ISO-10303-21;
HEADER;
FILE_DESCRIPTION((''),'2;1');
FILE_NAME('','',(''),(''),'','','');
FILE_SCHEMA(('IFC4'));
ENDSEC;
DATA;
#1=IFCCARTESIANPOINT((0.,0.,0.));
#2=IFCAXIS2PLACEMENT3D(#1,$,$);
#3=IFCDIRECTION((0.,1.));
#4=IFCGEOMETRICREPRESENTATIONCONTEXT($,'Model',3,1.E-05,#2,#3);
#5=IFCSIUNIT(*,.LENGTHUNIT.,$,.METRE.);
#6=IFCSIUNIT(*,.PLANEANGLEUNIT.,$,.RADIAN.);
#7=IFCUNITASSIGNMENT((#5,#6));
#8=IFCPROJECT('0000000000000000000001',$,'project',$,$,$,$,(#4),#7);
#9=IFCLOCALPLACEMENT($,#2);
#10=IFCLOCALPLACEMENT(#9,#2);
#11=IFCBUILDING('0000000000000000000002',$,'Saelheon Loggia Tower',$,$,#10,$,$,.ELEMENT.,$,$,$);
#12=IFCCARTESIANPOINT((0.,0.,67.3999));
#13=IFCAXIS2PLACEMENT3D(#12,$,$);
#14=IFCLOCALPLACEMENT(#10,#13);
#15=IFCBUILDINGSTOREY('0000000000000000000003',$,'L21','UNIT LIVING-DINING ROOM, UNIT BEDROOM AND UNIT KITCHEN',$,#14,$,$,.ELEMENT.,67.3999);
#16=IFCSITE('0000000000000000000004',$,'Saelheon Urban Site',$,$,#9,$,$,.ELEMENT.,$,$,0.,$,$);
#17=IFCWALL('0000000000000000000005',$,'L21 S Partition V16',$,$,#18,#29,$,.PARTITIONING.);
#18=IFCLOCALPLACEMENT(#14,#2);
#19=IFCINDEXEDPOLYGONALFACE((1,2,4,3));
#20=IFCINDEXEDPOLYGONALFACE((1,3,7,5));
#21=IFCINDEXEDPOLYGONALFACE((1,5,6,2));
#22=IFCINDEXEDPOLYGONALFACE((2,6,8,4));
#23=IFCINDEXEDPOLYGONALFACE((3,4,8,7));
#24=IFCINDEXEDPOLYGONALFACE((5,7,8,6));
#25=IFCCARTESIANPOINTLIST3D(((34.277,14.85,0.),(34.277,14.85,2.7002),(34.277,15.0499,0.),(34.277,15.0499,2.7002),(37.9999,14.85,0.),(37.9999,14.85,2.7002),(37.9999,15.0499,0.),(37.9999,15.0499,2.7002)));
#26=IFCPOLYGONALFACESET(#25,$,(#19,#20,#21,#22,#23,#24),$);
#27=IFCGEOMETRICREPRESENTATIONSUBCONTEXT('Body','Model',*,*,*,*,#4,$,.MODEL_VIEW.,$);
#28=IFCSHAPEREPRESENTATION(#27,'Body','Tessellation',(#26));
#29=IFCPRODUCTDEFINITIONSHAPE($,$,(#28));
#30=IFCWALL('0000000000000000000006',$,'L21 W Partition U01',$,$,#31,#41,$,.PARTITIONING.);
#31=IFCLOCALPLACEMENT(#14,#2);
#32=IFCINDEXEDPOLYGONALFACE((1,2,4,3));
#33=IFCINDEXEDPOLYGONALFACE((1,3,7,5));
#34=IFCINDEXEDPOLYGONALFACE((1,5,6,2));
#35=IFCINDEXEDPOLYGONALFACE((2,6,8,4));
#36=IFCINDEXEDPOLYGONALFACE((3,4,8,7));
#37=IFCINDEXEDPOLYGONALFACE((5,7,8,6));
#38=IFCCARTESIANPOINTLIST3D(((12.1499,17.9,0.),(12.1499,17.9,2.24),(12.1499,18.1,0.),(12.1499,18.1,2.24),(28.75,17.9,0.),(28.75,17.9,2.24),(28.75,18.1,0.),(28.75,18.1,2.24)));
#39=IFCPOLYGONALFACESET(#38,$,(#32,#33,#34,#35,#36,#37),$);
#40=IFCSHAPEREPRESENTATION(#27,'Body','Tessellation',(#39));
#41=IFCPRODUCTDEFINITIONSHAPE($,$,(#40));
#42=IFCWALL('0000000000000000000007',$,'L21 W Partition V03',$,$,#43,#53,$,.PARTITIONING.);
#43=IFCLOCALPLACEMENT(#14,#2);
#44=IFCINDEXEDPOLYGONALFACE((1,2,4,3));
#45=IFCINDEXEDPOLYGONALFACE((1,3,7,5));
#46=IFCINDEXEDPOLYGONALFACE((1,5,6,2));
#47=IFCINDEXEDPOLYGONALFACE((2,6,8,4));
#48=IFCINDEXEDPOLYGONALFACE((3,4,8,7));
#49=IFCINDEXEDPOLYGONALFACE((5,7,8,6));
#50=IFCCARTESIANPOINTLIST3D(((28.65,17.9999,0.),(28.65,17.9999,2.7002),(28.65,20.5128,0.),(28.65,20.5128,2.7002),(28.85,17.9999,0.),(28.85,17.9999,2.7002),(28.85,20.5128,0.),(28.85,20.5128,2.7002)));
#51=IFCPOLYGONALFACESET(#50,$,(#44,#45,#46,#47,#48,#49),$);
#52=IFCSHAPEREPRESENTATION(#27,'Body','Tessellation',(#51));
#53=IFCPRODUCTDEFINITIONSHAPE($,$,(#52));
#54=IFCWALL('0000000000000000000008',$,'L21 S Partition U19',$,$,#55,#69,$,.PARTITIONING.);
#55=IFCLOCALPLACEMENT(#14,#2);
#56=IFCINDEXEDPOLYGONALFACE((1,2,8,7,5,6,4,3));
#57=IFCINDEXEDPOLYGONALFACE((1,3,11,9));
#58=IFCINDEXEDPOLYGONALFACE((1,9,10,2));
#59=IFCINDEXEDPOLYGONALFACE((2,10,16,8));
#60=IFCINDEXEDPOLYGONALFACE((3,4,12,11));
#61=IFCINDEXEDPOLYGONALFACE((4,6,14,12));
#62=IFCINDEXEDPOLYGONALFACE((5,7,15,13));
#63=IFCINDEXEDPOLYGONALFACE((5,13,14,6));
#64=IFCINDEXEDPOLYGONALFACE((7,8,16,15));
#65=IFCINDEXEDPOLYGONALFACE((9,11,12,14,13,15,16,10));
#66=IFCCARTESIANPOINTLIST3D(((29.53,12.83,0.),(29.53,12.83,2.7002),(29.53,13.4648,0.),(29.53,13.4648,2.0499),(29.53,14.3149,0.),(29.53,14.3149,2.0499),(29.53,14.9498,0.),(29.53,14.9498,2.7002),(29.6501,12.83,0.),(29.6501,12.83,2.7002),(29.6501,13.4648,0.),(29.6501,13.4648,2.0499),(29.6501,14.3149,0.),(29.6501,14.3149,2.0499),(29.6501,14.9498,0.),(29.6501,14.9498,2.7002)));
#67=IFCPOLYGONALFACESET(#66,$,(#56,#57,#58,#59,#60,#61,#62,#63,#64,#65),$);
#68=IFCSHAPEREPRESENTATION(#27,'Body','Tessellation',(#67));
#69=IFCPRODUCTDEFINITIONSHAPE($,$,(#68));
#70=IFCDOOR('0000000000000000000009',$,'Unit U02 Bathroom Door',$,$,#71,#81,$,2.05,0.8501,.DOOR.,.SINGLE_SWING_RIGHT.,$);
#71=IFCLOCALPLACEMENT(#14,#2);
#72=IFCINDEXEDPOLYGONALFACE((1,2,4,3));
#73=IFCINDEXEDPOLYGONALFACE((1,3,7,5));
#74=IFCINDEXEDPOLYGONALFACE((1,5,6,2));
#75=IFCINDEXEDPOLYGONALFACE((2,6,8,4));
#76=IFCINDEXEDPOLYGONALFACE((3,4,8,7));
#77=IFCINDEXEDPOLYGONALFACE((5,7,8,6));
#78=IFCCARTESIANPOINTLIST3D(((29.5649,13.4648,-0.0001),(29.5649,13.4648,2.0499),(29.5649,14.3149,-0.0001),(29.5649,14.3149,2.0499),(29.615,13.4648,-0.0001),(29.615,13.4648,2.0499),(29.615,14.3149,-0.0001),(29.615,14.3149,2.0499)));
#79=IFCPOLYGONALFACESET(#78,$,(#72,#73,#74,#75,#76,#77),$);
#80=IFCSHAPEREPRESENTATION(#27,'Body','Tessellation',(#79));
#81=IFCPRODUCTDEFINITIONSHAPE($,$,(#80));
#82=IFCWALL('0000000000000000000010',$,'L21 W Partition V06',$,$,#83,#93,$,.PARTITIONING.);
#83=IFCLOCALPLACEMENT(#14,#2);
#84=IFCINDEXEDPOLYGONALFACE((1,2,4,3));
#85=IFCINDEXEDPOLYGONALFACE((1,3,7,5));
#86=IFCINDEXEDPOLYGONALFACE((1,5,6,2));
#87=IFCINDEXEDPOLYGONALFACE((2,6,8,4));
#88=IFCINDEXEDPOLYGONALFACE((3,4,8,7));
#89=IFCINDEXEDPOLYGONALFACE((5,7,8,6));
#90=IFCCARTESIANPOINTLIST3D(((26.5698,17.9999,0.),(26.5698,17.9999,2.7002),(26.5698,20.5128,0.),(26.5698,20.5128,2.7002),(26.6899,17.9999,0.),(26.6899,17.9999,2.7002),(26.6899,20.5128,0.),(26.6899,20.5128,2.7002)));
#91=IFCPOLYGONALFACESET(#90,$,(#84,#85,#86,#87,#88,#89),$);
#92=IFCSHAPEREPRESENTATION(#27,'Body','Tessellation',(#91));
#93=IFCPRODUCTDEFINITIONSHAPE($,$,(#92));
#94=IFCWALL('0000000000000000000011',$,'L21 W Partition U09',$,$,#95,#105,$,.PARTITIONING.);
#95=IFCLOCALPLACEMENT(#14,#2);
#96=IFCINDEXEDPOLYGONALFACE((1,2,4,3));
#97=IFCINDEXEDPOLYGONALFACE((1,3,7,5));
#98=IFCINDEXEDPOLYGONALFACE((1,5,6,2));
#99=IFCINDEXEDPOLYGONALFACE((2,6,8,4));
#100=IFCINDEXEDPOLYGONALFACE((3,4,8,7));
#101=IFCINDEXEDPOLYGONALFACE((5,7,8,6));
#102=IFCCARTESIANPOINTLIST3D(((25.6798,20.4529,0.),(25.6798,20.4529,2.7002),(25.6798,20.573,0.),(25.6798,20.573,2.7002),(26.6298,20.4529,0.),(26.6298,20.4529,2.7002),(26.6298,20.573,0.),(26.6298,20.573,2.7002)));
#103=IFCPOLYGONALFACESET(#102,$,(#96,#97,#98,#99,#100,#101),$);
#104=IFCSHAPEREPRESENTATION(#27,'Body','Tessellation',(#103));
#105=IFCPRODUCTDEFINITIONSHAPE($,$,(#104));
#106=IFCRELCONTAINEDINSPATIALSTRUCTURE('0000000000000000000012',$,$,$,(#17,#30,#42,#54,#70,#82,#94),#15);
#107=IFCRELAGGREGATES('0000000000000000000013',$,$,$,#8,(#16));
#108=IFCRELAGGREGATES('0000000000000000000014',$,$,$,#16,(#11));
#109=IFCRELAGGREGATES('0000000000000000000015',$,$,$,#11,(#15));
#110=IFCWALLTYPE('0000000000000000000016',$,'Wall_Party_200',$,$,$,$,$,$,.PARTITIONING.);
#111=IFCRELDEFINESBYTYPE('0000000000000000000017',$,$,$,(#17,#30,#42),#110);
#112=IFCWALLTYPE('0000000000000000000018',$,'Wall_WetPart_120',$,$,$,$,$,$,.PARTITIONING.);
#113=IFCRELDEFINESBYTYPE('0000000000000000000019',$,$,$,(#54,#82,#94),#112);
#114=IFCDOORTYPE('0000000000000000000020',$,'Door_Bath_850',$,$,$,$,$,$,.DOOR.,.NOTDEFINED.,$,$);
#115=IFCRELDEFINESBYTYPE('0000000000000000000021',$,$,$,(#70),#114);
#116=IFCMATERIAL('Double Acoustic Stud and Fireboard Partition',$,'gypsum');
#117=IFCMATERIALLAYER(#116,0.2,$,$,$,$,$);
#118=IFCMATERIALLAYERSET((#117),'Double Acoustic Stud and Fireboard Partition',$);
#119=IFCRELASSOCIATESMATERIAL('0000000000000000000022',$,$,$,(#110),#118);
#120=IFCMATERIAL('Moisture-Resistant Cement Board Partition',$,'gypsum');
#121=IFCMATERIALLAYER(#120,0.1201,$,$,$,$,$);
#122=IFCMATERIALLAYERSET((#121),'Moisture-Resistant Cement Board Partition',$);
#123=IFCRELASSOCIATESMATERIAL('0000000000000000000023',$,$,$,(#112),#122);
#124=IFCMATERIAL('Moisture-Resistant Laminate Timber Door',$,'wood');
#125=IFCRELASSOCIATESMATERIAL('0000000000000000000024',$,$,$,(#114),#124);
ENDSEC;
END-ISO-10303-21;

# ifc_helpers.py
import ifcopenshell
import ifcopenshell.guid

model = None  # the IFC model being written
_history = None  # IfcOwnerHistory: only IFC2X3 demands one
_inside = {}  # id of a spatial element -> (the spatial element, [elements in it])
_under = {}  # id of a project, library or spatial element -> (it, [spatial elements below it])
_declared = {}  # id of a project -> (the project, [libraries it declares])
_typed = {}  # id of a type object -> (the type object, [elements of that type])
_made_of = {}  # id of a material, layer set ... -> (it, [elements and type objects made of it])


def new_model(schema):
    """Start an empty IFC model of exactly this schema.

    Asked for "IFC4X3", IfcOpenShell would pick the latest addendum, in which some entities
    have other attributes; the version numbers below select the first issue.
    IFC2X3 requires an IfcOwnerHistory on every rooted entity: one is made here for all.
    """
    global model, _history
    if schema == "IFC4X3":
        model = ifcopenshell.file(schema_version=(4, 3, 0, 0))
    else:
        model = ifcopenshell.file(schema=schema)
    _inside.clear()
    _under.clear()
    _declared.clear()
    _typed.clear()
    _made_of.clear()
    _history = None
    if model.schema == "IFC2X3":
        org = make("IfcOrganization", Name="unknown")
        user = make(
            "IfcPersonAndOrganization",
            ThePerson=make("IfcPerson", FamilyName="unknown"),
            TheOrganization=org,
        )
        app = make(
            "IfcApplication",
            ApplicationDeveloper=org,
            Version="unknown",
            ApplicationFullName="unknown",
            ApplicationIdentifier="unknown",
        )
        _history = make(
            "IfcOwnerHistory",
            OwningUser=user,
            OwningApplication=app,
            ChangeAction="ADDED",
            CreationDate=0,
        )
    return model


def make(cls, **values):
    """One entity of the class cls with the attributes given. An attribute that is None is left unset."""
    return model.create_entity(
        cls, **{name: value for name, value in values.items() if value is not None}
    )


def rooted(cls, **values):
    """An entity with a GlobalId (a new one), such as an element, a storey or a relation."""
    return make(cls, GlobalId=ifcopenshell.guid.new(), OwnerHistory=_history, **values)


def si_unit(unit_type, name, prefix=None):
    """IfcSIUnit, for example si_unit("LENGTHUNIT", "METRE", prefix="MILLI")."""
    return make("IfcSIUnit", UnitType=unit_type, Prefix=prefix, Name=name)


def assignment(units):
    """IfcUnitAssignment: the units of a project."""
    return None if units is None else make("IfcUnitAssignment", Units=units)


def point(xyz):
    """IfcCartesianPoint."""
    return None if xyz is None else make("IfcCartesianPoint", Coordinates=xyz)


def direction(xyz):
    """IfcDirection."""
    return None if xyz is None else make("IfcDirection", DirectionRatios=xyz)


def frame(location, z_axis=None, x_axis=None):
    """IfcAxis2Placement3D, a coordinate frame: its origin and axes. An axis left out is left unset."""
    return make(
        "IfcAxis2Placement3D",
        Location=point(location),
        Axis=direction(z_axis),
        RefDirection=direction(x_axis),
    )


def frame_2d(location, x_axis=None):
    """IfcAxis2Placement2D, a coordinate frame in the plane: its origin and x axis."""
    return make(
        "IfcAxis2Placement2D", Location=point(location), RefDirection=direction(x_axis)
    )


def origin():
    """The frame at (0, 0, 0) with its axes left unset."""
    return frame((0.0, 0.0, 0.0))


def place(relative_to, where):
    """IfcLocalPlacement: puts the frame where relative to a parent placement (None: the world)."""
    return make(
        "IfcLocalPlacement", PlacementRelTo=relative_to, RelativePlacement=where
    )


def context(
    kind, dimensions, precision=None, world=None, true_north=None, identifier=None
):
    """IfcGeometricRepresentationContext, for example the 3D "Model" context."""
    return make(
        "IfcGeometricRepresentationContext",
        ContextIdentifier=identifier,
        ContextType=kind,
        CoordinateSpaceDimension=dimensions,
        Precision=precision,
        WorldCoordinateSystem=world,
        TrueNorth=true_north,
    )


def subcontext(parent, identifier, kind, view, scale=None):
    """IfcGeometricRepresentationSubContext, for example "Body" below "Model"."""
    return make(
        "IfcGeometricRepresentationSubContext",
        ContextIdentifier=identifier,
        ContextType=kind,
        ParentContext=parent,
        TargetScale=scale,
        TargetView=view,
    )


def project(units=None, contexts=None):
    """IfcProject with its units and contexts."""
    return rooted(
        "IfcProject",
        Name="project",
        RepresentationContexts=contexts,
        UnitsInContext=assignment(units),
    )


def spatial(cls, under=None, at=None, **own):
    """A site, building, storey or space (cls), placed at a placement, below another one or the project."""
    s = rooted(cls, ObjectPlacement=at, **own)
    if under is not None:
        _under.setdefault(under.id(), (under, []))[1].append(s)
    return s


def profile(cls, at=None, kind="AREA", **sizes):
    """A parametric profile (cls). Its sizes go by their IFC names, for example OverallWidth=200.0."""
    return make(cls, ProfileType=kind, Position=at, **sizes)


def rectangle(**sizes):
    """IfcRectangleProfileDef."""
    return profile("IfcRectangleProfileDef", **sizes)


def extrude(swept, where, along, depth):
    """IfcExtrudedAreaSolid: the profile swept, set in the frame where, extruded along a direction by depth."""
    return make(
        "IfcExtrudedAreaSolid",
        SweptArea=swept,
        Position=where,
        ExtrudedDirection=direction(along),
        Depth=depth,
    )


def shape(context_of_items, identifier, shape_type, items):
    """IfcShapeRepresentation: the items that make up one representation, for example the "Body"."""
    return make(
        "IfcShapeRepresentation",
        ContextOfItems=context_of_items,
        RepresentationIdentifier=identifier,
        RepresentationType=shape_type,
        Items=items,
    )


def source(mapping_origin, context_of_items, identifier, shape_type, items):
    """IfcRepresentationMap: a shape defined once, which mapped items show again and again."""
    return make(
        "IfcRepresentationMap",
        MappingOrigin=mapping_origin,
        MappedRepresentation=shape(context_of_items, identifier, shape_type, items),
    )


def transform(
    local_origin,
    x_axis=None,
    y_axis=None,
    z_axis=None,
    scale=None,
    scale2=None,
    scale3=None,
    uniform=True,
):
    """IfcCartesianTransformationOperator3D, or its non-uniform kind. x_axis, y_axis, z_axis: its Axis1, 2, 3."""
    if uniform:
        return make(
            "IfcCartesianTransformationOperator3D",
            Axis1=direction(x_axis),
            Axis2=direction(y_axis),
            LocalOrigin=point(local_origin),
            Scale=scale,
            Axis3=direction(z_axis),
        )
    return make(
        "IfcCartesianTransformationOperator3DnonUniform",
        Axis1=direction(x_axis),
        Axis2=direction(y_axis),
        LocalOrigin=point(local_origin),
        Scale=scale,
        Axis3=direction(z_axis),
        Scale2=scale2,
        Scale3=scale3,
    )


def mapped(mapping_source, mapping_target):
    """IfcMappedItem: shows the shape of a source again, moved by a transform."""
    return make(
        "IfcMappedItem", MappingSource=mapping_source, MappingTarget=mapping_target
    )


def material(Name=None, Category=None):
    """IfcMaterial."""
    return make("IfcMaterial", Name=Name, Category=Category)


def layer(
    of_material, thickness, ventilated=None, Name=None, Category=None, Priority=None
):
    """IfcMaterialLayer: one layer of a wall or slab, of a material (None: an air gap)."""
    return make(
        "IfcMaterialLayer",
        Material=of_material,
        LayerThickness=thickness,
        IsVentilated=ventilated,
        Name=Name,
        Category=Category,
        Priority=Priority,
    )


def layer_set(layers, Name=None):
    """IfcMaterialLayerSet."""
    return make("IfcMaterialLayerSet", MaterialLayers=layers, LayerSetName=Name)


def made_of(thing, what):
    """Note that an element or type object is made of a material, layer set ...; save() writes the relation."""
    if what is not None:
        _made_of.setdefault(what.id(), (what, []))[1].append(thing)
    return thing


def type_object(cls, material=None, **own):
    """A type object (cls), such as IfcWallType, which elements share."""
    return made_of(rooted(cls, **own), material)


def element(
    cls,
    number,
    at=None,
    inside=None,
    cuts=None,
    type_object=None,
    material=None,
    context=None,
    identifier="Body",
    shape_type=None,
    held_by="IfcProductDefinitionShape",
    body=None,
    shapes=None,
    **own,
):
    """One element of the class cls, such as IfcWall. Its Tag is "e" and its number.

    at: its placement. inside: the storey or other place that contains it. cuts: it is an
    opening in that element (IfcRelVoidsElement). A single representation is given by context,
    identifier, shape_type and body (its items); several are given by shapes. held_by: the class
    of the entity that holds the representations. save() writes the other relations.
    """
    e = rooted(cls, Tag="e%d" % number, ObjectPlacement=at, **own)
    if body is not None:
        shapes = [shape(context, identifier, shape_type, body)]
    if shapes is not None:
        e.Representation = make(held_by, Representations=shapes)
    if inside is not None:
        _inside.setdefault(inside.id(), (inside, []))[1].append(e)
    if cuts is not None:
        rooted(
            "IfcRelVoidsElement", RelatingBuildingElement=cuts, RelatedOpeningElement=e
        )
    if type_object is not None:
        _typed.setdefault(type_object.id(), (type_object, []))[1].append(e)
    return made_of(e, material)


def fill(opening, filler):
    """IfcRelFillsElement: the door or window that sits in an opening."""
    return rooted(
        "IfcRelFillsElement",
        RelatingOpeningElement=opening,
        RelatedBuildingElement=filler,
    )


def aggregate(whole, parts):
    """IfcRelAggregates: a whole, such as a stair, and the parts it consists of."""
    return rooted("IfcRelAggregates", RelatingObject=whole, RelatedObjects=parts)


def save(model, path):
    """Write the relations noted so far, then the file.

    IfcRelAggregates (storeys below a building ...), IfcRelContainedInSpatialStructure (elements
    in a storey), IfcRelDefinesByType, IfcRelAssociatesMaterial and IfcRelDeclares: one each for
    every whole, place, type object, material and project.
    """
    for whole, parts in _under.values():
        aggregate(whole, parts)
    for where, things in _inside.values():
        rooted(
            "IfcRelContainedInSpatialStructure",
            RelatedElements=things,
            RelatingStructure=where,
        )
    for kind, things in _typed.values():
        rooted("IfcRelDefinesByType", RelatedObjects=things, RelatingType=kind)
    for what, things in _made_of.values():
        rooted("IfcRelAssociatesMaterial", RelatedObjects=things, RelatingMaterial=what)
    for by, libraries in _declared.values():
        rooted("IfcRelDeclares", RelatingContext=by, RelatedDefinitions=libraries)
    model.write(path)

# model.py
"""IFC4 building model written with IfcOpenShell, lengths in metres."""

from ifc_helpers import new_model, si_unit, direction, frame, frame_2d, origin, place, context, subcontext, project, spatial, rectangle, extrude, source, transform, mapped, material, layer, layer_set, type_object, element, fill, save


model = new_model("IFC4")

# Units and contexts
model_context = context("Model", 3, precision=1e-05, world=origin(), true_north=direction((0.0, 1.0)))
body_context = subcontext(model_context, "Body", "Model", "MODEL_VIEW")
ifc_project = project(units=[si_unit("LENGTHUNIT", "METRE"), si_unit("PLANEANGLEUNIT", "RADIAN")], contexts=[model_context])

# Site, building, storey
site_placement = place(None, origin())
site = spatial("IfcSite", under=ifc_project, at=site_placement, Name="Saelheon Urban Site", CompositionType="ELEMENT", RefElevation=0.0)
building_placement = place(site_placement, origin())
building = spatial("IfcBuilding", under=site, at=building_placement, Name="Saelheon Loggia Tower", CompositionType="ELEMENT")
storey_placement = place(building_placement, frame((0.0, 0.0, 67.3999)))
storey = spatial("IfcBuildingStorey", under=building, at=storey_placement, Name="L21", Description="UNIT LIVING-DINING ROOM, UNIT BEDROOM AND UNIT KITCHEN", CompositionType="ELEMENT", Elevation=67.3999)

# Shared definitions
ifc_material_1 = material(Name="Double Acoustic Stud and Fireboard Partition", Category="gypsum")
ifc_layer_1 = layer(ifc_material_1, 0.2)
ifc_layer_set_1 = layer_set([ifc_layer_1], Name="Double Acoustic Stud and Fireboard Partition")
wall_type_1 = type_object("IfcWallType", Name="Wall_Party_200", PredefinedType="PARTITIONING", material=ifc_layer_set_1)

# Walls
wall_1_placement = place(storey_placement, frame((34.2771, 14.95, 0.0), z_axis=(0.0, 0.0, 1.0), x_axis=(1.0, 0.0, 0.0)))
element("IfcWall", 1, at=wall_1_placement, inside=storey, type_object=wall_type_1, Name="L21 S Partition V16", PredefinedType="PARTITIONING", context=body_context, shape_type="SweptSolid", body=[
    extrude(rectangle(XDim=3.7229, YDim=0.2, at=frame_2d((1.8613, 0.0))), origin(), (0.0, 0.0, 1.0), 2.7002),
])
wall_2_placement = place(storey_placement, frame((28.75, 18.0, 0.0), z_axis=(0.0, 0.0, 1.0), x_axis=(-1.0, 0.0, 0.0)))
element("IfcWall", 2, at=wall_2_placement, inside=storey, type_object=wall_type_1, Name="L21 W Partition U01", PredefinedType="PARTITIONING", context=body_context, shape_type="SweptSolid", body=[
    extrude(rectangle(XDim=16.6001, YDim=0.2, at=frame_2d((8.3, 0.0))), origin(), (0.0, 0.0, 1.0), 2.24),
])
wall_3_placement = place(storey_placement, frame((28.75, 18.0, 0.0), z_axis=(0.0, 0.0, 1.0), x_axis=(0.0, 1.0, 0.0)))
element("IfcWall", 3, at=wall_3_placement, inside=storey, type_object=wall_type_1, Name="L21 W Partition V03", PredefinedType="PARTITIONING", context=body_context, shape_type="SweptSolid", body=[
    extrude(rectangle(XDim=2.5129, YDim=0.2, at=frame_2d((1.2563, 0.0))), origin(), (0.0, 0.0, 1.0), 2.7002),
])

# Wall, opening, door
ifc_material_2 = material(Name="Moisture-Resistant Cement Board Partition", Category="gypsum")
ifc_layer_2 = layer(ifc_material_2, 0.1201)
ifc_layer_set_2 = layer_set([ifc_layer_2], Name="Moisture-Resistant Cement Board Partition")
wall_type_2 = type_object("IfcWallType", Name="Wall_WetPart_120", PredefinedType="PARTITIONING", material=ifc_layer_set_2)
wall_4_placement = place(storey_placement, frame((29.5901, 14.95, 0.0), z_axis=(0.0, 0.0, 1.0), x_axis=(0.0, -1.0, 0.0)))
wall_4 = element("IfcWall", 4, at=wall_4_placement, inside=storey, type_object=wall_type_2, Name="L21 S Partition U19", PredefinedType="PARTITIONING", context=body_context, shape_type="SweptSolid", body=[
    extrude(rectangle(XDim=2.1199, YDim=0.1201, at=frame_2d((1.0601, 0.0))), origin(), (0.0, 0.0, 1.0), 2.7002),
])
opening_1_placement = place(wall_4_placement, frame((0.635, 0.0, 0.0)))
opening_1 = element("IfcOpeningElement", 5, at=opening_1_placement, cuts=wall_4, PredefinedType="OPENING", context=body_context, shape_type="SweptSolid", body=[
    extrude(rectangle(XDim=0.8501, YDim=2.05, at=frame_2d((0.425, 1.0249))), frame((0.0, 0.072, 0.0), z_axis=(0.0, -1.0, 0.0), x_axis=(1.0, 0.0, 0.0)), (0.0, 0.0, 1.0), 0.144),
])
ifc_material_3 = material(Name="Moisture-Resistant Laminate Timber Door", Category="wood")
door_type_1 = type_object("IfcDoorType", Name="Door_Bath_850", OperationType="NOTDEFINED", PredefinedType="DOOR", material=ifc_material_3)
shared_shape_1 = source(origin(), body_context, "Body", "SweptSolid", [
    extrude(rectangle(XDim=0.8501, YDim=2.05, at=frame_2d((0.425, 1.0249))), frame((0.0, 0.0249, 0.0), z_axis=(0.0, -1.0, 0.0), x_axis=(1.0, 0.0, 0.0)), (0.0, 0.0, 1.0), 0.05),
])
door_1_placement = place(opening_1_placement, origin())
door_1 = element("IfcDoor", 6, at=door_1_placement, inside=storey, type_object=door_type_1, Name="Unit U02 Bathroom Door", OperationType="SINGLE_SWING_RIGHT", OverallHeight=2.05, OverallWidth=0.8501, PredefinedType="DOOR", context=body_context, shape_type="MappedRepresentation", body=[
    mapped(shared_shape_1, transform((0.0, 0.0, 0.0), scale=1.0)),
])
fill(opening_1, door_1)

# Walls
wall_5_placement = place(storey_placement, frame((26.6299, 18.0, 0.0), z_axis=(0.0, 0.0, 1.0), x_axis=(0.0, 1.0, 0.0)))
element("IfcWall", 7, at=wall_5_placement, inside=storey, type_object=wall_type_2, Name="L21 W Partition V06", PredefinedType="PARTITIONING", context=body_context, shape_type="SweptSolid", body=[
    extrude(rectangle(XDim=2.5129, YDim=0.1201, at=frame_2d((1.2563, 0.0))), origin(), (0.0, 0.0, 1.0), 2.7002),
])
wall_6_placement = place(storey_placement, frame((26.6299, 20.5129, 0.0), z_axis=(0.0, 0.0, 1.0), x_axis=(-1.0, 0.0, 0.0)))
element("IfcWall", 8, at=wall_6_placement, inside=storey, type_object=wall_type_2, Name="L21 W Partition U09", PredefinedType="PARTITIONING", context=body_context, shape_type="SweptSolid", body=[
    extrude(rectangle(XDim=0.95, YDim=0.1201, at=frame_2d((0.4751, 0.0))), origin(), (0.0, 0.0, 1.0), 2.7002),
])

save(model, "model.ifc")
